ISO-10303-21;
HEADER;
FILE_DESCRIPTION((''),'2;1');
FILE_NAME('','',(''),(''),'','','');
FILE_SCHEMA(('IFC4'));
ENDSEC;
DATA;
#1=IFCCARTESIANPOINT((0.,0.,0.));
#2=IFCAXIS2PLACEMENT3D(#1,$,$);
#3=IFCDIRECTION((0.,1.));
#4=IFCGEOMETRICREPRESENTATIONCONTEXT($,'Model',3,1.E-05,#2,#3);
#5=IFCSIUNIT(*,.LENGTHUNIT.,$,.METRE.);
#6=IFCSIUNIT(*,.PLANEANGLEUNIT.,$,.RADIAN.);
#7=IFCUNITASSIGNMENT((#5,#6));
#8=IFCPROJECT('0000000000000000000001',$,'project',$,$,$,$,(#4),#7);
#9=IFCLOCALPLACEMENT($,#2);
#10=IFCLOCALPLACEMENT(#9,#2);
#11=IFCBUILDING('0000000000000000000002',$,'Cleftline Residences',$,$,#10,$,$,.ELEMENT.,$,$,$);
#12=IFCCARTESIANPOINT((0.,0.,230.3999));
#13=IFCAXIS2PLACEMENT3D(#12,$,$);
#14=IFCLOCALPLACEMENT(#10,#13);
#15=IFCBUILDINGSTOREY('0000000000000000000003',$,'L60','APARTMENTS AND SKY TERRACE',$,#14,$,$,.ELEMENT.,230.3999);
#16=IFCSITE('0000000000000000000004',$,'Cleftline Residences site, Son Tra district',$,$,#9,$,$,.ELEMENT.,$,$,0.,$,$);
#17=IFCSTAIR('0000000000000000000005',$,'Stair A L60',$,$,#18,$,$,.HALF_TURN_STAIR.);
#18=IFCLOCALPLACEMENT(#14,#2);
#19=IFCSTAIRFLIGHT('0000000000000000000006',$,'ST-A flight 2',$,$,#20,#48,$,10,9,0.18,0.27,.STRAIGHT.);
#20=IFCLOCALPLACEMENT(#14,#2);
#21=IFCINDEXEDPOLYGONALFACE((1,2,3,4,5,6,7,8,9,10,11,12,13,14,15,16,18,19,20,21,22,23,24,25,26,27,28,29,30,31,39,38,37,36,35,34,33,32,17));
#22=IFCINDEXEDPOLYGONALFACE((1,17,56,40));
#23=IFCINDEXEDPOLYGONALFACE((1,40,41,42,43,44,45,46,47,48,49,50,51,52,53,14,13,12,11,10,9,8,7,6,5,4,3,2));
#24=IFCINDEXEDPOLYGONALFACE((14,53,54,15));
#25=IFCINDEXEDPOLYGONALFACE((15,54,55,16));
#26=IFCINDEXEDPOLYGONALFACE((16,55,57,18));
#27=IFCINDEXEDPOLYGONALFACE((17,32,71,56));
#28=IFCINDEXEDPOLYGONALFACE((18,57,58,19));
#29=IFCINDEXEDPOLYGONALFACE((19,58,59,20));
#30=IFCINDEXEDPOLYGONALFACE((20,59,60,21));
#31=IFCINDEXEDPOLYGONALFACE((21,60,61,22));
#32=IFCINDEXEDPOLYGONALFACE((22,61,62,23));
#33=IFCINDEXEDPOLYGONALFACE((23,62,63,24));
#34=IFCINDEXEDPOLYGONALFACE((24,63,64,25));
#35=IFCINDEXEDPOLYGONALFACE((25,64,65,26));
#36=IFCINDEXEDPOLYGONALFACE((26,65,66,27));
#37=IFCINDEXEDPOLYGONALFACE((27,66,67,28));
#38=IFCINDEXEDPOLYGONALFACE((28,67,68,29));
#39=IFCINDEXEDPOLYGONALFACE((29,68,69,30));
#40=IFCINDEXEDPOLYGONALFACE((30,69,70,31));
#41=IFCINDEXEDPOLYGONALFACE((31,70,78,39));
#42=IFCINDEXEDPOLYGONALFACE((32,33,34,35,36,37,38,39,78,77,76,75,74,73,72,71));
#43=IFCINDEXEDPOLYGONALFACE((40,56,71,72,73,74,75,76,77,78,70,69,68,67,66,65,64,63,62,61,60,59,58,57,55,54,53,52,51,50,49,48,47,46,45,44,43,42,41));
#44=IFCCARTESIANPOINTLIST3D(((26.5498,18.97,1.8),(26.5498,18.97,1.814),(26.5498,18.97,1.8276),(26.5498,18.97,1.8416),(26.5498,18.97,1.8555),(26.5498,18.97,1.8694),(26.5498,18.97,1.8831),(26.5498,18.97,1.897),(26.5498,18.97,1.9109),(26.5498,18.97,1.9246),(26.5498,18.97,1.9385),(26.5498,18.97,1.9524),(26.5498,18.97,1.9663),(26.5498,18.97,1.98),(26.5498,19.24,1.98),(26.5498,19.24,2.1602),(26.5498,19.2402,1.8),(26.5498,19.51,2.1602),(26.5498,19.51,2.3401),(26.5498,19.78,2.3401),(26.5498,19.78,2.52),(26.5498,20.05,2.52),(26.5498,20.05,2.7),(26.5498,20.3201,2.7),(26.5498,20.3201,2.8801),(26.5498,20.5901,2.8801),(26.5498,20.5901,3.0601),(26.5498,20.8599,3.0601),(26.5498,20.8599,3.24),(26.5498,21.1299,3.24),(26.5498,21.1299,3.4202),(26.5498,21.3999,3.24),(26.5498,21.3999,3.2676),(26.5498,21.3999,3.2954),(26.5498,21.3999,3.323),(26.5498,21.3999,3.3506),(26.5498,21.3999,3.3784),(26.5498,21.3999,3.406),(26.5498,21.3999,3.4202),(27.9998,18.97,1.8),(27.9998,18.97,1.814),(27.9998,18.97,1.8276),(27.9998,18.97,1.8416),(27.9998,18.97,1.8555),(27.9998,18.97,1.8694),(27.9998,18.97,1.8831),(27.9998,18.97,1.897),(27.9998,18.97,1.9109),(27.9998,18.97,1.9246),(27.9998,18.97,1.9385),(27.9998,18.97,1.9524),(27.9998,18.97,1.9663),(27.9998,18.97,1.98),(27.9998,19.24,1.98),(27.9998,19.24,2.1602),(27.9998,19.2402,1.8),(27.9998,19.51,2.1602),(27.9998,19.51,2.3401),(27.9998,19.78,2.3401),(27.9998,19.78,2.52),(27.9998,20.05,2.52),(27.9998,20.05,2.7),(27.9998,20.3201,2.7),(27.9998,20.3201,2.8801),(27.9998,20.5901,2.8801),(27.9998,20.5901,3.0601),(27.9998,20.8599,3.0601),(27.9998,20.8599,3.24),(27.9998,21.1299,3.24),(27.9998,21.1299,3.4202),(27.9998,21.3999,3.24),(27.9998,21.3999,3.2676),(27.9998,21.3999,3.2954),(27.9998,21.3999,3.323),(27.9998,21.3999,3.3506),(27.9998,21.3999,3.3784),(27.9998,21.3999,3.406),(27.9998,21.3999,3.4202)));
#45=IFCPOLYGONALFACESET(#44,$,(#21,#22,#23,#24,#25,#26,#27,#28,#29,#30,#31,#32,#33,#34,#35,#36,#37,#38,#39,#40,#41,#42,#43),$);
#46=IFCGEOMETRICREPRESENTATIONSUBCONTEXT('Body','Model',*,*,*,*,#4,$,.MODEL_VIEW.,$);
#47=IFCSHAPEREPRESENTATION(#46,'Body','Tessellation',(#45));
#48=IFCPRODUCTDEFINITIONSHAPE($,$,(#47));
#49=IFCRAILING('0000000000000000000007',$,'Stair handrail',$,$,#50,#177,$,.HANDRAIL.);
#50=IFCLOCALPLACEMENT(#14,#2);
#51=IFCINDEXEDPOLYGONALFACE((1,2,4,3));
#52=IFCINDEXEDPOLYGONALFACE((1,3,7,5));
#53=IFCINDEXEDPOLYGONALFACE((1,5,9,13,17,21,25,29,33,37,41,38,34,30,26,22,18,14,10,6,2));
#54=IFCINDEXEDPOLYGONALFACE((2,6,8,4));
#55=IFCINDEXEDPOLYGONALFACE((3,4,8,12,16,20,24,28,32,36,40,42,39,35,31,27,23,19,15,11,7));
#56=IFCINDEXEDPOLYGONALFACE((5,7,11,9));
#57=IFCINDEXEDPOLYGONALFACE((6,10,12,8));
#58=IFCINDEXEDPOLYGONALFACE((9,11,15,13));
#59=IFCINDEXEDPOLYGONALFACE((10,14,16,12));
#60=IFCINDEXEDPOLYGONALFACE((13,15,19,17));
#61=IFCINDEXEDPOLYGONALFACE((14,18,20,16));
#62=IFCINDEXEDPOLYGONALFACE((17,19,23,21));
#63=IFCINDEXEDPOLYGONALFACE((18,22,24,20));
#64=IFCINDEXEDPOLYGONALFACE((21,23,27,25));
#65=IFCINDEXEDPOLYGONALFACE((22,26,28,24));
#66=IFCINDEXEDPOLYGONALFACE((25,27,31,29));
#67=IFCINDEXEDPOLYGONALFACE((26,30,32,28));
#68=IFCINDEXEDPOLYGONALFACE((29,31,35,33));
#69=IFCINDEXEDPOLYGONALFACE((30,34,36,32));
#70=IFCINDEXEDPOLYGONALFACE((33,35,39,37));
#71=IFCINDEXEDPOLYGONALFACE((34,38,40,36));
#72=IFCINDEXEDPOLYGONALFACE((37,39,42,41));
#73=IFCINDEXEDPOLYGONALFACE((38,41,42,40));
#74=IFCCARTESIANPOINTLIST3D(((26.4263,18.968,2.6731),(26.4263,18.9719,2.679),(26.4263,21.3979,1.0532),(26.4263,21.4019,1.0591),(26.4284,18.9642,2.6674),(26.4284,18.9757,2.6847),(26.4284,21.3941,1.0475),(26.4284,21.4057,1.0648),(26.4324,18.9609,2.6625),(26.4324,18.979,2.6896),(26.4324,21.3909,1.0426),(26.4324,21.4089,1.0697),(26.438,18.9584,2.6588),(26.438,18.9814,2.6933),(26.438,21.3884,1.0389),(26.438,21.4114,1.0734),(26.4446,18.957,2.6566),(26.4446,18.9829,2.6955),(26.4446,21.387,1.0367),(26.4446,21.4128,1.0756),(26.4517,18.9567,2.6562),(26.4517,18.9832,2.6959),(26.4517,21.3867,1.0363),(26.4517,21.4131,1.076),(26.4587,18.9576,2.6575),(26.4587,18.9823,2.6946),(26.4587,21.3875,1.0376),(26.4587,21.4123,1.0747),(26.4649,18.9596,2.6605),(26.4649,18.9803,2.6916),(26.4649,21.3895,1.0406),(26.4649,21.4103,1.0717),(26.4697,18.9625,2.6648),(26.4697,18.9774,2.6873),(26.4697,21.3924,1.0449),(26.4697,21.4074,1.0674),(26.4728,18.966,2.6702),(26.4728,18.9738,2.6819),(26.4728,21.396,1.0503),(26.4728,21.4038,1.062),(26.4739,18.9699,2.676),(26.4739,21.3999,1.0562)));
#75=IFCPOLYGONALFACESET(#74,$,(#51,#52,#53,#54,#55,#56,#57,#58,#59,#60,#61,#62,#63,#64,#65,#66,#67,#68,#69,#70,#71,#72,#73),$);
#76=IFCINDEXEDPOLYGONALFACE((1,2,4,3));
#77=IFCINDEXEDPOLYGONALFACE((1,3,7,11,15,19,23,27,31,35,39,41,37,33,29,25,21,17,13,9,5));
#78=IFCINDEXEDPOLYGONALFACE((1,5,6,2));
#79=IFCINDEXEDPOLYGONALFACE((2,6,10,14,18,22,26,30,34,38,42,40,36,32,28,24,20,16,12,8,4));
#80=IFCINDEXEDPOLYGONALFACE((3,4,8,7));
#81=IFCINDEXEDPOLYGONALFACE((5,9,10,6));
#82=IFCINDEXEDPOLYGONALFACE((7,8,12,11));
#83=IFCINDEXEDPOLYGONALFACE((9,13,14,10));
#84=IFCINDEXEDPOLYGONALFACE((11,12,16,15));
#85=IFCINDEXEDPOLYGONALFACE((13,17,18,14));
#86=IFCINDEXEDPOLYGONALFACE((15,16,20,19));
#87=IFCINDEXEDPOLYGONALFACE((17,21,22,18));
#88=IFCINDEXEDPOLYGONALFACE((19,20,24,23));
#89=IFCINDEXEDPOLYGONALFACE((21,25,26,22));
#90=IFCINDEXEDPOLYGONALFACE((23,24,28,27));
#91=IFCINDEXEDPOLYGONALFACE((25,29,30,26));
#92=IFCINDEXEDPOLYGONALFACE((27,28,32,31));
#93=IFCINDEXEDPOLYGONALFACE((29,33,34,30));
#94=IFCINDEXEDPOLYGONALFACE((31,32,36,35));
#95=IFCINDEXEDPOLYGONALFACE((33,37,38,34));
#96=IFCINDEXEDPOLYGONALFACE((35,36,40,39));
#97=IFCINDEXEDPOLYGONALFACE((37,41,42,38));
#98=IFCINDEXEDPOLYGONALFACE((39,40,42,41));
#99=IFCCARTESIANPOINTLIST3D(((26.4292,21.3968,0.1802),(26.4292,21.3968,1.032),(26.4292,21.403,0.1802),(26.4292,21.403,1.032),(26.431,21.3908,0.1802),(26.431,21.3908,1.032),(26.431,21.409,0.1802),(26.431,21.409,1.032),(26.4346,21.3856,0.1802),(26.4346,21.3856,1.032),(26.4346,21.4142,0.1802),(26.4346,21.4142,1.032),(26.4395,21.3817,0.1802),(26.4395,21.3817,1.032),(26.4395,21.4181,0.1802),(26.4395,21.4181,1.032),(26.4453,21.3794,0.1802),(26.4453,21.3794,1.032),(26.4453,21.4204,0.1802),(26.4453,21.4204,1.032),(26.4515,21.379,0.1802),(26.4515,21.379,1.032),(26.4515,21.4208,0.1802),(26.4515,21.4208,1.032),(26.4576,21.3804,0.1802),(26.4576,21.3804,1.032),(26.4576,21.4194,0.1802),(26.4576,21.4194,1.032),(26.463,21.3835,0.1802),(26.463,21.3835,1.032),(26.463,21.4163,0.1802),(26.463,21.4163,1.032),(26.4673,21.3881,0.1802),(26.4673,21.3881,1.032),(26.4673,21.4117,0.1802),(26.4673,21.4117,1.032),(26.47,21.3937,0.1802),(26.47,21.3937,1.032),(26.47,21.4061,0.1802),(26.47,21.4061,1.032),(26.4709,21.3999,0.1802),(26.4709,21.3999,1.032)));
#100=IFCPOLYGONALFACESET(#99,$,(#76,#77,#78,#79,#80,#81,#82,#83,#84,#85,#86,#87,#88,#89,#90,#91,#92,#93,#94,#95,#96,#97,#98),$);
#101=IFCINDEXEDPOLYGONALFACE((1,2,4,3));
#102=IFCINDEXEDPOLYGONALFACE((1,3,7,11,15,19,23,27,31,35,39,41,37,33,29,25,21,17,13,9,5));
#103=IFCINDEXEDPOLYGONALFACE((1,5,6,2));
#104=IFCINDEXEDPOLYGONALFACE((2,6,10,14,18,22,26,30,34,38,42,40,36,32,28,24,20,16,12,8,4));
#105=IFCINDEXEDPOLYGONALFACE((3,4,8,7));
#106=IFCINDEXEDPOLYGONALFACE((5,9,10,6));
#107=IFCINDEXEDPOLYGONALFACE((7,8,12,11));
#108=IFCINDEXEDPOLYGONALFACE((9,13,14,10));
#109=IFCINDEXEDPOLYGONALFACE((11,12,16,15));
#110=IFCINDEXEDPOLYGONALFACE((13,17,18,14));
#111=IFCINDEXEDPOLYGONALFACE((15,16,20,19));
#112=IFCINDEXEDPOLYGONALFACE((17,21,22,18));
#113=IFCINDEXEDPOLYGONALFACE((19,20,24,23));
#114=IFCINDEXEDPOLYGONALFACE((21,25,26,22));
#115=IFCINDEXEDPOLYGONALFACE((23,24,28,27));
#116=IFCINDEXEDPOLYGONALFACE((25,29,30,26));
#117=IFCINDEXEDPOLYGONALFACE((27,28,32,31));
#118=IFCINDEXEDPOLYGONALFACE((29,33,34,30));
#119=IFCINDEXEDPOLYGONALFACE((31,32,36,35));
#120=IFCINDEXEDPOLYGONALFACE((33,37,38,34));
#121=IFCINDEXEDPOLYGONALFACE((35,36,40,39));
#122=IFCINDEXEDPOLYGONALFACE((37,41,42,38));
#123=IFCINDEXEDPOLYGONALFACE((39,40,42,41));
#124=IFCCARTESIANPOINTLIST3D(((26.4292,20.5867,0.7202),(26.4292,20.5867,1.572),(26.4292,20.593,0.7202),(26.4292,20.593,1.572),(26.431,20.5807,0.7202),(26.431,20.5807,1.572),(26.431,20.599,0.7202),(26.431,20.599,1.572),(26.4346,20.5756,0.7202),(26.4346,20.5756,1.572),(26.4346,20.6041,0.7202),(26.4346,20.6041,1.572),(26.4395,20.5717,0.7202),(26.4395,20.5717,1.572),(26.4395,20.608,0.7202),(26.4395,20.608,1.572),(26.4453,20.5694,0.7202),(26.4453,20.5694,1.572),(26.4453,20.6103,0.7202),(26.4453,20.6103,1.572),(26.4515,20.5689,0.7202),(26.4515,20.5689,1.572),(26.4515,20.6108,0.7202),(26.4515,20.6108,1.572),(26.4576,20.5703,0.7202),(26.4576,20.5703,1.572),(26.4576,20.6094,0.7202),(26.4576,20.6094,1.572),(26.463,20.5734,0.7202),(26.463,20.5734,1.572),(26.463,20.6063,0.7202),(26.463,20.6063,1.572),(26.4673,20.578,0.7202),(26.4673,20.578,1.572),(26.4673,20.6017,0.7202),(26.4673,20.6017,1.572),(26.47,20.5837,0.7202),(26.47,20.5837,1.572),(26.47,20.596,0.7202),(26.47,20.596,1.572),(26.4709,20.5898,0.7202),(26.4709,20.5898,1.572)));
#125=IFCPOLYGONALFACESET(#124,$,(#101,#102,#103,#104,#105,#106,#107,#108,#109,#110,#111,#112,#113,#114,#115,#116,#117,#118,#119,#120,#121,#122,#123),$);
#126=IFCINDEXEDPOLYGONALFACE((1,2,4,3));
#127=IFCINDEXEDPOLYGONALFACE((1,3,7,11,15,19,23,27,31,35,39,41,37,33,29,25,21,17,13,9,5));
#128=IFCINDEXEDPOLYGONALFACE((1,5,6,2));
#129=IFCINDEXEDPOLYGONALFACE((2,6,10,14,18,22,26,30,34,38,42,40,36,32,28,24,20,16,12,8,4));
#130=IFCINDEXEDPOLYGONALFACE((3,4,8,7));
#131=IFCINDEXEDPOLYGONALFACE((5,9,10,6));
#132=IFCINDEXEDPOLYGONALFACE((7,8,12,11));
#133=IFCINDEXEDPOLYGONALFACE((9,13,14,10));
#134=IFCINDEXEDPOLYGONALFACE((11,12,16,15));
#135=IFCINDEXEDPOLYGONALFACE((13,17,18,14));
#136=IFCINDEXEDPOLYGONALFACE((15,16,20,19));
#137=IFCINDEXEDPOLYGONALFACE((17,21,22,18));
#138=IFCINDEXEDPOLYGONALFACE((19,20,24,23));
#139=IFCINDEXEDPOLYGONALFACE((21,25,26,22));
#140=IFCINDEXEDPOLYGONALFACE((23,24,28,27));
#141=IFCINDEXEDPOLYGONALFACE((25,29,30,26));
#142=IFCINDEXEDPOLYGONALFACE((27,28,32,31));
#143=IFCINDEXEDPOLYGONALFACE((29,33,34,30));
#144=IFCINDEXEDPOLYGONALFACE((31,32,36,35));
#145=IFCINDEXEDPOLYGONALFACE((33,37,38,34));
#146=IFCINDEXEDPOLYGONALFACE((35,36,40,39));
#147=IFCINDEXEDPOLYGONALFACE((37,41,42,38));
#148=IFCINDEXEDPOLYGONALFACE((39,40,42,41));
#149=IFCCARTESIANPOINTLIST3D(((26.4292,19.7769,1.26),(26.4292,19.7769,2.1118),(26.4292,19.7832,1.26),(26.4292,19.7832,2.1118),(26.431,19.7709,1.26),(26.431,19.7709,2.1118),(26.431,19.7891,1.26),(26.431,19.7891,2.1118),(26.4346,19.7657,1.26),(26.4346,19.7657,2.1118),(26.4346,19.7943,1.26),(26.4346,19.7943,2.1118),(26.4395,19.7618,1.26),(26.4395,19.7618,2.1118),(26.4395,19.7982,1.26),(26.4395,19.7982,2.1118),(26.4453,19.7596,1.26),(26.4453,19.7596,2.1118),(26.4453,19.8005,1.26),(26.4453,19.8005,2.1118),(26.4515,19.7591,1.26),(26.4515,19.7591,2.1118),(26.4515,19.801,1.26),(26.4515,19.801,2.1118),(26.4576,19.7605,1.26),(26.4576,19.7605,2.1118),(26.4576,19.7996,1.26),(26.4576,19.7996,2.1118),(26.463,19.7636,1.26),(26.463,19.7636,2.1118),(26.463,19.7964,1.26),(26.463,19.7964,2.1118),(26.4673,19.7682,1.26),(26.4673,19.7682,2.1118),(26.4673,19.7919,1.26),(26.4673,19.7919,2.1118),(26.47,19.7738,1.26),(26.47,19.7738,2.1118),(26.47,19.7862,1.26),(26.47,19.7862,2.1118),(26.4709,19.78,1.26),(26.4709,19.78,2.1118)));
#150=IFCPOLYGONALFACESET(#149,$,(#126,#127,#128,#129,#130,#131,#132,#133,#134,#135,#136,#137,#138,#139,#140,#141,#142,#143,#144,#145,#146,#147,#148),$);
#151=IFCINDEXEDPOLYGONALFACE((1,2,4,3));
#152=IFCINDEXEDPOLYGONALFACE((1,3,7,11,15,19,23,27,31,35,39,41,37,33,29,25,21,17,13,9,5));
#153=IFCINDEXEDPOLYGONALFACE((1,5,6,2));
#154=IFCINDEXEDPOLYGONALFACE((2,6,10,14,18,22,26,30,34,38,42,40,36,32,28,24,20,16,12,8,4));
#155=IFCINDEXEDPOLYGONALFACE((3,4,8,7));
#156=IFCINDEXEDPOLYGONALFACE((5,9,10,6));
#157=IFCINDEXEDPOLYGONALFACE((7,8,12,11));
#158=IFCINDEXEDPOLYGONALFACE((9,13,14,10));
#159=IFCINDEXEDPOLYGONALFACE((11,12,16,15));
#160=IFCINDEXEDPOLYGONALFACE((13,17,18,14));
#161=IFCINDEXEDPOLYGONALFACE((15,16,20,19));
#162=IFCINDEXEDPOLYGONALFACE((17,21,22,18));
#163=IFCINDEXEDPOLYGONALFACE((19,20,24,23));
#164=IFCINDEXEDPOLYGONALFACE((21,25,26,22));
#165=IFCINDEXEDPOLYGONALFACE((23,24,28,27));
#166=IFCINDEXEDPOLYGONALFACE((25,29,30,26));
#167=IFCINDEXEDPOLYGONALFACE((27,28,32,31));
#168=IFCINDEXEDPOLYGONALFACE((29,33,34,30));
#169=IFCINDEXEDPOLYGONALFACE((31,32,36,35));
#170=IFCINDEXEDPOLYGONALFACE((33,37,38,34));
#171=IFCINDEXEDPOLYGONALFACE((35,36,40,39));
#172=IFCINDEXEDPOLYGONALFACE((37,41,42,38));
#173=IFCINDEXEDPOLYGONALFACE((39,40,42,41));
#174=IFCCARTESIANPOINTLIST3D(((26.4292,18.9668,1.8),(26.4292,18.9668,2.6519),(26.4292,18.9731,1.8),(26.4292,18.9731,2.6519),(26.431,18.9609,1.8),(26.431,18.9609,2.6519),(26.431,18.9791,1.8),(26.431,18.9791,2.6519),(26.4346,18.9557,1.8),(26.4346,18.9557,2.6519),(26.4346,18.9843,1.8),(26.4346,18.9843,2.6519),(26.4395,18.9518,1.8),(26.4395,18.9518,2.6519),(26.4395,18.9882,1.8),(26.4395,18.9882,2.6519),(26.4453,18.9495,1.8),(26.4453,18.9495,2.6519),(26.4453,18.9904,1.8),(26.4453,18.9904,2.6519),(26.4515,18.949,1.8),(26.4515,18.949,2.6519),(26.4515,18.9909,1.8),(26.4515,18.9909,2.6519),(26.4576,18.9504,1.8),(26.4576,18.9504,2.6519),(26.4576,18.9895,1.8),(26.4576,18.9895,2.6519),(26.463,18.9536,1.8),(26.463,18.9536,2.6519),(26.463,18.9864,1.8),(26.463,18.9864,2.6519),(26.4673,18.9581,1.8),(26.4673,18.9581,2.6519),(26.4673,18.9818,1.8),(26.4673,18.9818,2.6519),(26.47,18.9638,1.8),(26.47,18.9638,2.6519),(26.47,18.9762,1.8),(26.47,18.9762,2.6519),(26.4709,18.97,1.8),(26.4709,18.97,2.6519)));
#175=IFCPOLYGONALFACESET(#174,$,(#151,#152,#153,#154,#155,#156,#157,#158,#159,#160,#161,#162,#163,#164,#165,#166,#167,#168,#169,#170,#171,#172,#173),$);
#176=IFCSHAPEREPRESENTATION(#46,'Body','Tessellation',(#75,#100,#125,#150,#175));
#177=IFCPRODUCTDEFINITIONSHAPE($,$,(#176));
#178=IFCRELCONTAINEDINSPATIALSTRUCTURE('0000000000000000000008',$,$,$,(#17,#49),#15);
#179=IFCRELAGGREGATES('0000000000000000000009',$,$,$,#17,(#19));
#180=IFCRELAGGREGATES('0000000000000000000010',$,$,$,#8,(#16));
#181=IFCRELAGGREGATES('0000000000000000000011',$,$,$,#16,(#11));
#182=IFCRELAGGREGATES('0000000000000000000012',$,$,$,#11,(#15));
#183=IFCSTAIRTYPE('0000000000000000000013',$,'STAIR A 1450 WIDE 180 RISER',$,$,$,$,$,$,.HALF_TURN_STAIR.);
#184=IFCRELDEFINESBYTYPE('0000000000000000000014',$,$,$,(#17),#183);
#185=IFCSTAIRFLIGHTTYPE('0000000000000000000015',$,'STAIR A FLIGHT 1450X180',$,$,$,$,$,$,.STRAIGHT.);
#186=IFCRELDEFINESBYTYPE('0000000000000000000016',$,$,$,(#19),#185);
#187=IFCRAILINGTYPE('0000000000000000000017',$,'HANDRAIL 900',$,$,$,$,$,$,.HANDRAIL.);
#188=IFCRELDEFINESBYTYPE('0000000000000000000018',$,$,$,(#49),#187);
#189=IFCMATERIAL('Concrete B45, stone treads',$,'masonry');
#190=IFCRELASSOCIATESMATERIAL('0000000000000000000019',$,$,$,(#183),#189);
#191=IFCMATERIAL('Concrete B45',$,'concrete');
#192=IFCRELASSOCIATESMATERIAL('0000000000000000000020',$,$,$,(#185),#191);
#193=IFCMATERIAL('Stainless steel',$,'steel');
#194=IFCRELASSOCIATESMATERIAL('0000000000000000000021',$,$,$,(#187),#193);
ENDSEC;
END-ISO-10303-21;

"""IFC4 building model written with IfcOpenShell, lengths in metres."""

from ifc_helpers import new_model, si_unit, direction, frame, origin, origin_2d, place, context, subcontext, project, spatial, polyline, circle, outline, extrude, material, type_object, element, aggregate, save


model = new_model("IFC4")

# Units and contexts
model_context = context("Model", 3, precision=1e-05, world=origin(), true_north=direction((0.0, 1.0)))
body_context = subcontext(model_context, "Body", "Model", "MODEL_VIEW")
ifc_project = project(units=[si_unit("LENGTHUNIT", "METRE"), si_unit("PLANEANGLEUNIT", "RADIAN")], contexts=[model_context])

# Site, building, storey
site_placement = place(None, origin())
site = spatial("IfcSite", under=ifc_project, at=site_placement, Name="Cleftline Residences site, Son Tra district", CompositionType="ELEMENT", RefElevation=0.0)
building_placement = place(site_placement, origin())
building = spatial("IfcBuilding", under=site, at=building_placement, Name="Cleftline Residences", CompositionType="ELEMENT")
storey_placement = place(building_placement, frame((0.0, 0.0, 230.3999)))
storey = spatial("IfcBuildingStorey", under=building, at=storey_placement, Name="L60", Description="APARTMENTS AND SKY TERRACE", CompositionType="ELEMENT", Elevation=230.3999)

# Stair
ifc_material_1 = material(Name="Concrete B45, stone treads", Category="masonry")
stair_type_1 = type_object("IfcStairType", Name="STAIR A 1450 WIDE 180 RISER", PredefinedType="HALF_TURN_STAIR", material=ifc_material_1)
stair_1_placement = place(storey_placement, origin())
stair_1 = element("IfcStair", 1, at=stair_1_placement, inside=storey, type_object=stair_type_1, Name="Stair A L60", PredefinedType="HALF_TURN_STAIR")

# Stair flight
ifc_material_2 = material(Name="Concrete B45", Category="concrete")
stair_flight_type = type_object("IfcStairFlightType", Name="STAIR A FLIGHT 1450X180", PredefinedType="STRAIGHT", material=ifc_material_2)
stair_flight_1_placement = place(storey_placement, frame((27.2749, 18.97, 1.8), z_axis=(0.0, 0.0, 1.0), x_axis=(0.0, 1.0, 0.0)))
stair_flight_1 = element("IfcStairFlight", 2, at=stair_flight_1_placement, type_object=stair_flight_type, Name="ST-A flight 2", NumberOfRisers=10, NumberOfTreads=9, PredefinedType="STRAIGHT", RiserHeight=0.18, TreadLength=0.27, context=body_context, shape_type="SweptSolid", body=[
    extrude(outline(polyline([(0.0, 0.0), (0.0, 0.0139), (0.0, 0.0276), (0.0, 0.0415), (0.0, 0.0554), (0.0, 0.0693), (0.0, 0.083), (0.0, 0.0969), (0.0, 0.1108), (0.0, 0.1245), (0.0, 0.1384), (0.0, 0.1523), (0.0, 0.1663), (0.0, 0.1799), (0.27, 0.1799), (0.27, 0.3601), (0.54, 0.3601), (0.54, 0.54), (0.8101, 0.54), (0.8101, 0.72), (1.0801, 0.72), (1.0801, 0.8999), (1.3501, 0.8999), (1.3501, 1.0801), (1.6201, 1.0801), (1.6201, 1.26), (1.8899, 1.26), (1.8899, 1.4399), (2.1599, 1.4399), (2.1599, 1.6201), (2.4299, 1.6201), (2.4299, 1.8), (2.4299, 1.7722), (2.4299, 1.7446), (2.4299, 1.7168), (2.4299, 1.6892), (2.4299, 1.6614), (2.4299, 1.6338), (2.4299, 1.606), (2.4299, 1.5784), (2.4299, 1.5505), (2.4299, 1.5229), (2.4299, 1.4954), (2.4299, 1.4675), (2.4299, 1.4399), (0.2703, 0.0), (0.0, 0.0)])), frame((0.0, 0.7251, 0.0), z_axis=(0.0, -1.0, 0.0), x_axis=(1.0, 0.0, 0.0)), (0.0, 0.0, 1.0), 1.45),
])
aggregate(stair_1, [stair_flight_1])

# Railing
ifc_material_3 = material(Name="Stainless steel", Category="steel")
railing_type_1 = type_object("IfcRailingType", Name="HANDRAIL 900", PredefinedType="HANDRAIL", material=ifc_material_3)
railing_1_placement = place(storey_placement, frame((26.45, 21.3999, 0.1802)))
element("IfcRailing", 3, at=railing_1_placement, inside=storey, type_object=railing_type_1, Name="Stair handrail", PredefinedType="HANDRAIL", context=body_context, shape_type="SweptSolid", body=[
    extrude(circle(Radius=0.0239, at=origin_2d()), frame((0.0, 0.0, 0.876), z_axis=(0.0, -0.832063, 0.554681), x_axis=(1.0, 0.0, 0.0)), (0.0, 0.0, 1.0), 2.9204),
    extrude(circle(Radius=0.021, at=origin_2d()), origin(), (0.0, 0.0, 1.0), 0.8518),
    extrude(circle(Radius=0.021, at=origin_2d()), frame((0.0, -0.8101, 0.54)), (0.0, 0.0, 1.0), 0.8518),
    extrude(circle(Radius=0.021, at=origin_2d()), frame((0.0, -1.6199, 1.0798)), (0.0, 0.0, 1.0), 0.8518),
    extrude(circle(Radius=0.021, at=origin_2d()), frame((0.0, -2.4299, 1.6199)), (0.0, 0.0, 1.0), 0.8518),
])

save(model, "model.ifc")
